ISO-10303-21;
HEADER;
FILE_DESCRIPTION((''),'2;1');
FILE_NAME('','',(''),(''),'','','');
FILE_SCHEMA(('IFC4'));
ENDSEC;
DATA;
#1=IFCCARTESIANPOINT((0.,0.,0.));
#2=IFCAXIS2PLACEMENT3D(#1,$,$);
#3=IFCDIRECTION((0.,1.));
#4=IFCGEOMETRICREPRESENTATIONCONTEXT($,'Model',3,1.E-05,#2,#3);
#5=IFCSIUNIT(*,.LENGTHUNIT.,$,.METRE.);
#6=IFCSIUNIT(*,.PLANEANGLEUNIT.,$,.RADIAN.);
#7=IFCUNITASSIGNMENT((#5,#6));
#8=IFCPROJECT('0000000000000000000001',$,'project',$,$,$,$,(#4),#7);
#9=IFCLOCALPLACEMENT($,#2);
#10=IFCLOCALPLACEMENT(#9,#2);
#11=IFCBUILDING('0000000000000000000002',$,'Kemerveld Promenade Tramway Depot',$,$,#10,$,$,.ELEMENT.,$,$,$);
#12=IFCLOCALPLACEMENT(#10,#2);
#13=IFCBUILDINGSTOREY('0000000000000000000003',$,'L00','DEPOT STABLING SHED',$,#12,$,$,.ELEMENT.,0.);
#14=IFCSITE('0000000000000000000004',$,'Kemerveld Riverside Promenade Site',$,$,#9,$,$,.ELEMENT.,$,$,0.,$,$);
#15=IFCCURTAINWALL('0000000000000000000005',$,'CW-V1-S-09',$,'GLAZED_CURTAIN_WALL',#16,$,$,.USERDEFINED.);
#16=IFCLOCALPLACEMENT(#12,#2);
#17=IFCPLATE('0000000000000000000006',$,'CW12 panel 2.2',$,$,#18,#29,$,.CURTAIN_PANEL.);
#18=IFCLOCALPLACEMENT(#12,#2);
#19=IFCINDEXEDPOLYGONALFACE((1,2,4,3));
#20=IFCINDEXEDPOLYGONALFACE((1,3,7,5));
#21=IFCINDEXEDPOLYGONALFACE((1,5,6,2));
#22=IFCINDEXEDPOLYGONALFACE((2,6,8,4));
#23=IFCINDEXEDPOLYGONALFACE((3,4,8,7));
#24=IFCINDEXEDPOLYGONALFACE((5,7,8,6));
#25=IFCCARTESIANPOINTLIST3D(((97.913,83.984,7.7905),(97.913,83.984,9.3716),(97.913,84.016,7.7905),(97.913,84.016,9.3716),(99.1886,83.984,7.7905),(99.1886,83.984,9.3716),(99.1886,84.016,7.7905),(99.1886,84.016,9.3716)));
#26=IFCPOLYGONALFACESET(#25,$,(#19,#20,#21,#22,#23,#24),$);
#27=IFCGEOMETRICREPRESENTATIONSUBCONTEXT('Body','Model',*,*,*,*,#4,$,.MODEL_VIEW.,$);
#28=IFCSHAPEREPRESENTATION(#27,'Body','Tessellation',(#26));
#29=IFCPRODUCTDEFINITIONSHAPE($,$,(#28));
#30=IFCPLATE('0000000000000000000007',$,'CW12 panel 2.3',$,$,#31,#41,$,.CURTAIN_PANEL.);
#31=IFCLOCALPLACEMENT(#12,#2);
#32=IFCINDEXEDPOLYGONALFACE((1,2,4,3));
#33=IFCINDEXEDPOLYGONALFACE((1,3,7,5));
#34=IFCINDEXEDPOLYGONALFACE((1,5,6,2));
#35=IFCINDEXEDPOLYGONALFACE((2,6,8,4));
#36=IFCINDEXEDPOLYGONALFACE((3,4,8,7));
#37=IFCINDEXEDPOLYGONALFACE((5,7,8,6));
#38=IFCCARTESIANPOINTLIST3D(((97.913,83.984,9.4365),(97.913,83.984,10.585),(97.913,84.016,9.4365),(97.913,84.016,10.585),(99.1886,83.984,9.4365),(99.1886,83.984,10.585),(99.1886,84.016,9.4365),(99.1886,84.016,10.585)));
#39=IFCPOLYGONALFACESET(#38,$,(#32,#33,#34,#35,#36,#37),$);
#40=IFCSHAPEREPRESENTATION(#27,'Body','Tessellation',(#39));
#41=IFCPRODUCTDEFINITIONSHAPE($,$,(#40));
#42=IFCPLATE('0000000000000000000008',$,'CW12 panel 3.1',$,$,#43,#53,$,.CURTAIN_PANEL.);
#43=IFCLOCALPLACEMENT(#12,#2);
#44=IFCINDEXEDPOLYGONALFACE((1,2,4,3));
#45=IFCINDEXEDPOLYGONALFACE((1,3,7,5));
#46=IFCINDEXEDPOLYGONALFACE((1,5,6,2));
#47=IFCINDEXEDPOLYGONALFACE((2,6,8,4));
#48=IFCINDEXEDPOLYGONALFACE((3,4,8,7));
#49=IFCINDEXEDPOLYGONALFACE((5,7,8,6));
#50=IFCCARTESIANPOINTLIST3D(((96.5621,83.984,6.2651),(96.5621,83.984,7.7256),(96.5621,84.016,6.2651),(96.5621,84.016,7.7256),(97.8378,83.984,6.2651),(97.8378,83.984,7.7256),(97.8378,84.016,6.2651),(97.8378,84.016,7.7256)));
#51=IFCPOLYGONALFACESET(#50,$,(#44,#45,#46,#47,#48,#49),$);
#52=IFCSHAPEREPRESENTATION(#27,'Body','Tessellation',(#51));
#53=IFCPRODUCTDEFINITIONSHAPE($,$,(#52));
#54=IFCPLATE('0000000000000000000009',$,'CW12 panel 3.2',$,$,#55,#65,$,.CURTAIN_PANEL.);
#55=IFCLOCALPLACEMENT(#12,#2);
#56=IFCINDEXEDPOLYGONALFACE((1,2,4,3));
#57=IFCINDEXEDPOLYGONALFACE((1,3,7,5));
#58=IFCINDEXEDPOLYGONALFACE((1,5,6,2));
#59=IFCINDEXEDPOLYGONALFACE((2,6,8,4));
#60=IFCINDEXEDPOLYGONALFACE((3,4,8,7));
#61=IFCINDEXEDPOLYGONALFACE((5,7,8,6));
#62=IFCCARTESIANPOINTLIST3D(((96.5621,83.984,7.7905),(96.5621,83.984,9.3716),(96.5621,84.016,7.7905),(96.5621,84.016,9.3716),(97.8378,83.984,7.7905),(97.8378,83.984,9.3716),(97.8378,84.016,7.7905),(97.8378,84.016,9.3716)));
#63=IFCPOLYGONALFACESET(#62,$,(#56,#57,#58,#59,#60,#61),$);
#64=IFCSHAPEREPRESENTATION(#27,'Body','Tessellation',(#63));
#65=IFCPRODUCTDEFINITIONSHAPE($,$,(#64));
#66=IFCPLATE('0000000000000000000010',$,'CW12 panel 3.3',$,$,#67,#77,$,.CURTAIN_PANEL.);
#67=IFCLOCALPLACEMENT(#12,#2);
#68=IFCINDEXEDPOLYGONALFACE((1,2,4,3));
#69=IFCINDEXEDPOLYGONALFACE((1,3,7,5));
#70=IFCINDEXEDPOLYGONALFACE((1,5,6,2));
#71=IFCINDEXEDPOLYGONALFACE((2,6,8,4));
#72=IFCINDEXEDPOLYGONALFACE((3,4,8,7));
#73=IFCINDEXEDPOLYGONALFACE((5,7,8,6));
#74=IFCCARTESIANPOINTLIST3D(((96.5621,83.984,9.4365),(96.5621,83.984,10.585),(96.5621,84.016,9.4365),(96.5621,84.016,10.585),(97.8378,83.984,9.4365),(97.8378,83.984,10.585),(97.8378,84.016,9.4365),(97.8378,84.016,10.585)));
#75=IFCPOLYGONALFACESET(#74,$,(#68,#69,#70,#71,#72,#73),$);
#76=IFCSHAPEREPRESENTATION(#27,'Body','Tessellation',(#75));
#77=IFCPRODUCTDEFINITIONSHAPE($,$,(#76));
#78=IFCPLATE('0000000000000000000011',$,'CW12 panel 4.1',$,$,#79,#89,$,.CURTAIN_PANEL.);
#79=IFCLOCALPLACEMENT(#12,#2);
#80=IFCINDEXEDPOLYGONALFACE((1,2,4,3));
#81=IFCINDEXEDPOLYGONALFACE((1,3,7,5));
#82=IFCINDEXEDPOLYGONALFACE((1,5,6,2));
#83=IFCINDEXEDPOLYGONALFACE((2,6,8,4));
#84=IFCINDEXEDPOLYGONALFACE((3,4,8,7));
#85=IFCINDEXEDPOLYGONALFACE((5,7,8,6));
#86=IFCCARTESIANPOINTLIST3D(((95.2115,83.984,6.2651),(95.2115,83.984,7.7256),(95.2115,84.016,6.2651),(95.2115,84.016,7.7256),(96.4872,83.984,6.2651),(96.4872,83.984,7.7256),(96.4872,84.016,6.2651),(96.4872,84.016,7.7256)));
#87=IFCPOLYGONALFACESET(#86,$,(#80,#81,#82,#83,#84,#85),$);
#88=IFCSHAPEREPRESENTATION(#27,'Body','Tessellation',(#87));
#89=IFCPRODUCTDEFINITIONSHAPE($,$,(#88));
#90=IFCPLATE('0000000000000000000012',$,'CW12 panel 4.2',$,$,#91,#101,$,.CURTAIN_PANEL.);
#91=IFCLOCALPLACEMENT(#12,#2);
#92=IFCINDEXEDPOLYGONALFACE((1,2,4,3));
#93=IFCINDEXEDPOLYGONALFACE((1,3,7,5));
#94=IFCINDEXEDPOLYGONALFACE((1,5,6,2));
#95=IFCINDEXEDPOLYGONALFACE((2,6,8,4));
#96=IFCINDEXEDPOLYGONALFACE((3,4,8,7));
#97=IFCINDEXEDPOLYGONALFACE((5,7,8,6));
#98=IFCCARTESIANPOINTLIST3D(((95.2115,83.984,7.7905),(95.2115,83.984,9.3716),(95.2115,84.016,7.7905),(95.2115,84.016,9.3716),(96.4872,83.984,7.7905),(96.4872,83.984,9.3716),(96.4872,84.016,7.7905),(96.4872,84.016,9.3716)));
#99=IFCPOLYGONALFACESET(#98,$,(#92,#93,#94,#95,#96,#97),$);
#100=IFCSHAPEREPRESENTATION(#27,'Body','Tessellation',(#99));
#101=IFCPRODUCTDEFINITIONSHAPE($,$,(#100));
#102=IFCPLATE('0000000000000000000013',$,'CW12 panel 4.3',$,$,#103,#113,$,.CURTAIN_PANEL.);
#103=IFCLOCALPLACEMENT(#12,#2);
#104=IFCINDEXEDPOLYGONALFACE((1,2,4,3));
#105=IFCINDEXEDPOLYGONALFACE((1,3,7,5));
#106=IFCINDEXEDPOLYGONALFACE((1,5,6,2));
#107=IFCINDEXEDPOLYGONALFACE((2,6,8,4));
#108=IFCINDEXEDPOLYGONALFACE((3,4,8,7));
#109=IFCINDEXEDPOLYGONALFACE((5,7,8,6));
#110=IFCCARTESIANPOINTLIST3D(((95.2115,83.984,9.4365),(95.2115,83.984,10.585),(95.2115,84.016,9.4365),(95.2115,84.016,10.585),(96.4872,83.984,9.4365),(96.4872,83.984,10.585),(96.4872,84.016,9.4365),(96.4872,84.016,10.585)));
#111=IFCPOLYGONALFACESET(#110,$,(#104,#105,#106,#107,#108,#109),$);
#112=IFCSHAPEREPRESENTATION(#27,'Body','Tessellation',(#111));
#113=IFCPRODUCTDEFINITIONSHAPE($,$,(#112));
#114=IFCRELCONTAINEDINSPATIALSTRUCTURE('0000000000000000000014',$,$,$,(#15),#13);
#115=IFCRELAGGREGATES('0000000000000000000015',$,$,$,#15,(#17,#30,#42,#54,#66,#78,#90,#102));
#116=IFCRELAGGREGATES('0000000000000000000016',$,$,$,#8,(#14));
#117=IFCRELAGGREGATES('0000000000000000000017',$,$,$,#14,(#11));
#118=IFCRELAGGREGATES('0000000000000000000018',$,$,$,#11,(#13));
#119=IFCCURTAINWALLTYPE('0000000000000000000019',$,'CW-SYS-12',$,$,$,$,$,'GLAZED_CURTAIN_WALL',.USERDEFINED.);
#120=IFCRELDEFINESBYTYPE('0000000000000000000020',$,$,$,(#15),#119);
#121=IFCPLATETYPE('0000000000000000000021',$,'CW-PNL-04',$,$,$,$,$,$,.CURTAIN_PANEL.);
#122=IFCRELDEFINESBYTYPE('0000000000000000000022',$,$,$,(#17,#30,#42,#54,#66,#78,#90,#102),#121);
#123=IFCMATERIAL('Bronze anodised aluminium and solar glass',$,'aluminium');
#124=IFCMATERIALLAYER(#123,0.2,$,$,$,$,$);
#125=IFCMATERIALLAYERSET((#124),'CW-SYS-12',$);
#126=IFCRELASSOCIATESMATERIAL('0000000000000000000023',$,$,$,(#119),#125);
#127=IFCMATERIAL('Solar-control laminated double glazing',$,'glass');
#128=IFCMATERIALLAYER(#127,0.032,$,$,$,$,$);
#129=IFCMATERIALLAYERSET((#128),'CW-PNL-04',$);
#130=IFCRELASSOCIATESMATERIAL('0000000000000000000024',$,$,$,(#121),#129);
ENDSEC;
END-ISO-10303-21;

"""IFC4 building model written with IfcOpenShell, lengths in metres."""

from ifc_helpers import new_model, si_unit, direction, frame, origin, origin_2d, place, context, subcontext, project, spatial, rectangle, extrude, material, layer, layer_set, type_object, element, aggregate, save


model = new_model("IFC4")

# Units and contexts
model_context = context("Model", 3, precision=1e-05, world=origin(), true_north=direction((0.0, 1.0)))
body_context = subcontext(model_context, "Body", "Model", "MODEL_VIEW")
ifc_project = project(units=[si_unit("LENGTHUNIT", "METRE"), si_unit("PLANEANGLEUNIT", "RADIAN")], contexts=[model_context])

# Site, building, storey
site_placement = place(None, origin())
site = spatial("IfcSite", under=ifc_project, at=site_placement, Name="Kemerveld Riverside Promenade Site", CompositionType="ELEMENT", RefElevation=0.0)
building_placement = place(site_placement, origin())
building = spatial("IfcBuilding", under=site, at=building_placement, Name="Kemerveld Promenade Tramway Depot", CompositionType="ELEMENT")
storey_placement = place(building_placement, origin())
storey = spatial("IfcBuildingStorey", under=building, at=storey_placement, Name="L00", Description="DEPOT STABLING SHED", CompositionType="ELEMENT", Elevation=0.0)

# Curtain wall, plates
ifc_material_1 = material(Name="Bronze anodised aluminium and solar glass", Category="aluminium")
ifc_layer_1 = layer(ifc_material_1, 0.2)
ifc_layer_set_1 = layer_set([ifc_layer_1], Name="CW-SYS-12")
curtain_wall_type = type_object("IfcCurtainWallType", Name="CW-SYS-12", ElementType="GLAZED_CURTAIN_WALL", PredefinedType="USERDEFINED", material=ifc_layer_set_1)
curtain_wall_placement = place(storey_placement, origin())
curtain_wall = element("IfcCurtainWall", 1, at=curtain_wall_placement, inside=storey, type_object=curtain_wall_type, Name="CW-V1-S-09", ObjectType="GLAZED_CURTAIN_WALL", PredefinedType="USERDEFINED")
ifc_material_2 = material(Name="Solar-control laminated double glazing", Category="glass")
ifc_layer_2 = layer(ifc_material_2, 0.032)
ifc_layer_set_2 = layer_set([ifc_layer_2], Name="CW-PNL-04")
plate_type = type_object("IfcPlateType", Name="CW-PNL-04", PredefinedType="CURTAIN_PANEL", material=ifc_layer_set_2)
plate_1_placement = place(storey_placement, frame((98.5508, 84.0, 7.7905), z_axis=(0.0, 0.0, 1.0), x_axis=(-1.0, 0.0, 0.0)))
plate_1 = element("IfcPlate", 2, at=plate_1_placement, type_object=plate_type, Name="CW12 panel 2.2", PredefinedType="CURTAIN_PANEL", context=body_context, shape_type="SweptSolid", body=[
    extrude(rectangle(XDim=1.2756, YDim=0.032, at=origin_2d()), origin(), (0.0, 0.0, 1.0), 1.5811),
])
plate_2_placement = place(storey_placement, frame((98.5508, 84.0, 9.4365), z_axis=(0.0, 0.0, 1.0), x_axis=(-1.0, 0.0, 0.0)))
plate_2 = element("IfcPlate", 3, at=plate_2_placement, type_object=plate_type, Name="CW12 panel 2.3", PredefinedType="CURTAIN_PANEL", context=body_context, shape_type="SweptSolid", body=[
    extrude(rectangle(XDim=1.2756, YDim=0.032, at=origin_2d()), origin(), (0.0, 0.0, 1.0), 1.1484),
])
plate_3_placement = place(storey_placement, frame((97.2, 84.0, 6.2651), z_axis=(0.0, 0.0, 1.0), x_axis=(-1.0, 0.0, 0.0)))
plate_3 = element("IfcPlate", 4, at=plate_3_placement, type_object=plate_type, Name="CW12 panel 3.1", PredefinedType="CURTAIN_PANEL", context=body_context, shape_type="SweptSolid", body=[
    extrude(rectangle(XDim=1.2756, YDim=0.032, at=origin_2d()), origin(), (0.0, 0.0, 1.0), 1.4604),
])
plate_4_placement = place(storey_placement, frame((97.2, 84.0, 7.7905), z_axis=(0.0, 0.0, 1.0), x_axis=(-1.0, 0.0, 0.0)))
plate_4 = element("IfcPlate", 5, at=plate_4_placement, type_object=plate_type, Name="CW12 panel 3.2", PredefinedType="CURTAIN_PANEL", context=body_context, shape_type="SweptSolid", body=[
    extrude(rectangle(XDim=1.2756, YDim=0.032, at=origin_2d()), origin(), (0.0, 0.0, 1.0), 1.5811),
])
plate_5_placement = place(storey_placement, frame((97.2, 84.0, 9.4365), z_axis=(0.0, 0.0, 1.0), x_axis=(-1.0, 0.0, 0.0)))
plate_5 = element("IfcPlate", 6, at=plate_5_placement, type_object=plate_type, Name="CW12 panel 3.3", PredefinedType="CURTAIN_PANEL", context=body_context, shape_type="SweptSolid", body=[
    extrude(rectangle(XDim=1.2756, YDim=0.032, at=origin_2d()), origin(), (0.0, 0.0, 1.0), 1.1484),
])
plate_6_placement = place(storey_placement, frame((95.8494, 84.0, 6.2651), z_axis=(0.0, 0.0, 1.0), x_axis=(-1.0, 0.0, 0.0)))
plate_6 = element("IfcPlate", 7, at=plate_6_placement, type_object=plate_type, Name="CW12 panel 4.1", PredefinedType="CURTAIN_PANEL", context=body_context, shape_type="SweptSolid", body=[
    extrude(rectangle(XDim=1.2756, YDim=0.032, at=origin_2d()), origin(), (0.0, 0.0, 1.0), 1.4604),
])
plate_7_placement = place(storey_placement, frame((95.8494, 84.0, 7.7905), z_axis=(0.0, 0.0, 1.0), x_axis=(-1.0, 0.0, 0.0)))
plate_7 = element("IfcPlate", 8, at=plate_7_placement, type_object=plate_type, Name="CW12 panel 4.2", PredefinedType="CURTAIN_PANEL", context=body_context, shape_type="SweptSolid", body=[
    extrude(rectangle(XDim=1.2756, YDim=0.032, at=origin_2d()), origin(), (0.0, 0.0, 1.0), 1.5811),
])
plate_8_placement = place(storey_placement, frame((95.8494, 84.0, 9.4365), z_axis=(0.0, 0.0, 1.0), x_axis=(-1.0, 0.0, 0.0)))
plate_8 = element("IfcPlate", 9, at=plate_8_placement, type_object=plate_type, Name="CW12 panel 4.3", PredefinedType="CURTAIN_PANEL", context=body_context, shape_type="SweptSolid", body=[
    extrude(rectangle(XDim=1.2756, YDim=0.032, at=origin_2d()), origin(), (0.0, 0.0, 1.0), 1.1484),
])
aggregate(curtain_wall, [plate_1, plate_2, plate_3, plate_4, plate_5, plate_6, plate_7, plate_8])

save(model, "model.ifc")
